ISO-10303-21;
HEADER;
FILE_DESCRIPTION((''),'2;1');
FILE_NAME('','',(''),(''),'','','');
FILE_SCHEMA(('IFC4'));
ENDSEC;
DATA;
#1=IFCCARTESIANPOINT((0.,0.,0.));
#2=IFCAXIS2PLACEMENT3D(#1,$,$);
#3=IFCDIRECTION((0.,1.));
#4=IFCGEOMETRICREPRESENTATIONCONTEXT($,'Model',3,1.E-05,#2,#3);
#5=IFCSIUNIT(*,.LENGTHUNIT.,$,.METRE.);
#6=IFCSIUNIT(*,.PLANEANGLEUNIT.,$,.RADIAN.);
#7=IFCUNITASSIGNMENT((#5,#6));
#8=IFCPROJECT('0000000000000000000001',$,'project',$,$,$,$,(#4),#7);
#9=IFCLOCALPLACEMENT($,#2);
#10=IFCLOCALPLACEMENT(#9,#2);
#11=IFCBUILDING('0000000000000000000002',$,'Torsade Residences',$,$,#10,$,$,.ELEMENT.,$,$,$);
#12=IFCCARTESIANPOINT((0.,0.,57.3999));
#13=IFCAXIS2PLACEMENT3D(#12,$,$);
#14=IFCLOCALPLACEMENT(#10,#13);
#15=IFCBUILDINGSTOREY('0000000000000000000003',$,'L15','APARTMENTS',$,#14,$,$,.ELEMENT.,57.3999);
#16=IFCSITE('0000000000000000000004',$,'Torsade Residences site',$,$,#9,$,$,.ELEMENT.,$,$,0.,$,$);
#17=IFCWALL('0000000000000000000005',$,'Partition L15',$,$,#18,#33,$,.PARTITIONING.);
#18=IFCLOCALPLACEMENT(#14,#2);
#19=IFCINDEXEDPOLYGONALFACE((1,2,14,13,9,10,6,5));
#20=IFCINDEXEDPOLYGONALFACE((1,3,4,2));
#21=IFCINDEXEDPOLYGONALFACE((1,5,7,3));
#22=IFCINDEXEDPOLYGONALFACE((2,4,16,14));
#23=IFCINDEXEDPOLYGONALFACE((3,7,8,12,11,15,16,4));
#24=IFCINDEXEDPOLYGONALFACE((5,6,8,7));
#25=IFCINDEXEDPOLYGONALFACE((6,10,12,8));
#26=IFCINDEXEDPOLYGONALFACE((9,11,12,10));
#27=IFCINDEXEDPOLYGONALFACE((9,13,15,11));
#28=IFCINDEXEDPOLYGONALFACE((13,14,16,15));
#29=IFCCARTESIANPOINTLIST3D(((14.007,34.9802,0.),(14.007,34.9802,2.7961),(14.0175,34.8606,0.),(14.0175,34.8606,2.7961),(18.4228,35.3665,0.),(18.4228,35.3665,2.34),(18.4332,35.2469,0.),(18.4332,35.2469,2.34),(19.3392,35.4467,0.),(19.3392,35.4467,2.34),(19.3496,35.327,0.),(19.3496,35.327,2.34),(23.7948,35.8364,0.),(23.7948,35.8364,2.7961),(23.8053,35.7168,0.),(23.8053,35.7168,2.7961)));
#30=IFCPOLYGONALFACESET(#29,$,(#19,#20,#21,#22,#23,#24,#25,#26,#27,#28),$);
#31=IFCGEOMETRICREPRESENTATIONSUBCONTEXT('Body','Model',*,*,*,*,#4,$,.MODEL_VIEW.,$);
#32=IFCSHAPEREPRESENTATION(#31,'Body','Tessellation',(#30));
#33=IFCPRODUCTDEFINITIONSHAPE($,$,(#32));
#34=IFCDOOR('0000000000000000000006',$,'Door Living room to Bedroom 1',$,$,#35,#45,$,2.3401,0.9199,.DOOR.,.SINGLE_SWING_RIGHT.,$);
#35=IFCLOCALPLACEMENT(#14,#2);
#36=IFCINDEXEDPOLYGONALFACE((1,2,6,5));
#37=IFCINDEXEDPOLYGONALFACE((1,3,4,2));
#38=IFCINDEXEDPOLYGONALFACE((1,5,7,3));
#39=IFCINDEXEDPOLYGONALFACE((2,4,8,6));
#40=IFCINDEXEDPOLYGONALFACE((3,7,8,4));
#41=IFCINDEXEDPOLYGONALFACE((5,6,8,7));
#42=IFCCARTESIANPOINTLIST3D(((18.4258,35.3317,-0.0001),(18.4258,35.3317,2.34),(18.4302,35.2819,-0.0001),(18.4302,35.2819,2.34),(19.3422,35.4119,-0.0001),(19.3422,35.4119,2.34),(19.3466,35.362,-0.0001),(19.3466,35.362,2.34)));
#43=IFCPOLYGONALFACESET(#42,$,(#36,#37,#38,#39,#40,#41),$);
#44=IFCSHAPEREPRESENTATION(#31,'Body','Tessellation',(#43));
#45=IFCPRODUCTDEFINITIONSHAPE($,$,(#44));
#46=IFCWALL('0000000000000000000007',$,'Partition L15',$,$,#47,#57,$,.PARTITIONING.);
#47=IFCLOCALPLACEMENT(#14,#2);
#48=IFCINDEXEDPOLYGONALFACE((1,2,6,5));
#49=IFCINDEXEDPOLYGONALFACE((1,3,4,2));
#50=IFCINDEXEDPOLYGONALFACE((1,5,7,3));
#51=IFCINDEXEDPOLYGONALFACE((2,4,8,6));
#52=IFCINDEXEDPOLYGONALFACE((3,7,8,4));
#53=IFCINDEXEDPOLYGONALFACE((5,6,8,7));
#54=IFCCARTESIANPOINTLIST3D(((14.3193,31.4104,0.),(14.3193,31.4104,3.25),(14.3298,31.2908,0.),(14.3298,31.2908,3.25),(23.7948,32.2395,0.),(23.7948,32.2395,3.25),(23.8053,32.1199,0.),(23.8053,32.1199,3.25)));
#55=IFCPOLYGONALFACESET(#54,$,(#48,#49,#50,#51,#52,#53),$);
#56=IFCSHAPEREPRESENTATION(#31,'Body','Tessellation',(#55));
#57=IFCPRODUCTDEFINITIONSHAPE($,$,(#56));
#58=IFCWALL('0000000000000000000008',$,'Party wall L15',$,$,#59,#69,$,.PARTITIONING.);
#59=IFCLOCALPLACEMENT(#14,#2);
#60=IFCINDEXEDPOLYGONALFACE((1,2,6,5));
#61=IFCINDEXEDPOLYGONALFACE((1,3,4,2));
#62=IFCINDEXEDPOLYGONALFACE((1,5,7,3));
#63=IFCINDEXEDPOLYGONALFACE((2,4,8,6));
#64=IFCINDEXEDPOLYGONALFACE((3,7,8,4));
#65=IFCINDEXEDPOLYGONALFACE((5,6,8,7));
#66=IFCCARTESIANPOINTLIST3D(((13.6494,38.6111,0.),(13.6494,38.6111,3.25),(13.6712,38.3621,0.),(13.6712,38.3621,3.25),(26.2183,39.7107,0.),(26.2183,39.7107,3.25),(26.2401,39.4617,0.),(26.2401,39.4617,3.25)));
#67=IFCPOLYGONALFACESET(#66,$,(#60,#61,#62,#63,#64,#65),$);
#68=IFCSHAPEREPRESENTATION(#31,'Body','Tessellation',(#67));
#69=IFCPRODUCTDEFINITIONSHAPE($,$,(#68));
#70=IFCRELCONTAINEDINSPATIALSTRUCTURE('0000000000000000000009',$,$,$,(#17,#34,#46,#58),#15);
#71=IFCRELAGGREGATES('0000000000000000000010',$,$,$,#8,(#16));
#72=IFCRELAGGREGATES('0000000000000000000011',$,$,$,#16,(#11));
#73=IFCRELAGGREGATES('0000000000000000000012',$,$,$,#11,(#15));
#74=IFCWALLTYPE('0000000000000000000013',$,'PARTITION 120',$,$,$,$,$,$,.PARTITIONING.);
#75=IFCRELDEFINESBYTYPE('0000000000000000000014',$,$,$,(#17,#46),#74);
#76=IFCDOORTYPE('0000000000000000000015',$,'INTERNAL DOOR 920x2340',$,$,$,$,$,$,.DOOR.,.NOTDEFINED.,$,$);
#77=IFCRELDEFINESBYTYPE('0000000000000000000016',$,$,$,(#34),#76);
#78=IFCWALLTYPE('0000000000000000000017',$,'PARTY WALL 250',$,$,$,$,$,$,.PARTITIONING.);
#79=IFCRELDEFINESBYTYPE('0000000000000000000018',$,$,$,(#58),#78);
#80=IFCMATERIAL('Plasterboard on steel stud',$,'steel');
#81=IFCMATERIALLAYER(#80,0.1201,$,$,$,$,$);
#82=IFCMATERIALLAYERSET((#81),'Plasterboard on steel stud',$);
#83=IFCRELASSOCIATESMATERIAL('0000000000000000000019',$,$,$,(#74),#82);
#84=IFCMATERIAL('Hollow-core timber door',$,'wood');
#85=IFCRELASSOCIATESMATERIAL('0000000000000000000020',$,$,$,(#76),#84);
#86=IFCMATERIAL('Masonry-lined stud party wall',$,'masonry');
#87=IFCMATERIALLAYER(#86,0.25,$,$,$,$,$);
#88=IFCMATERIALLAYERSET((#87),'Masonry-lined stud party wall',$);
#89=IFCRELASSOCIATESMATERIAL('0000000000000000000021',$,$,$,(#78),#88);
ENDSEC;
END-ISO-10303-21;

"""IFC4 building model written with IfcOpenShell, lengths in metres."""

from ifc_helpers import new_model, si_unit, direction, frame, frame_2d, origin, place, context, subcontext, project, spatial, rectangle, extrude, material, layer, layer_set, type_object, element, fill, save


model = new_model("IFC4")

# Units and contexts
model_context = context("Model", 3, precision=1e-05, world=origin(), true_north=direction((0.0, 1.0)))
body_context = subcontext(model_context, "Body", "Model", "MODEL_VIEW")
ifc_project = project(units=[si_unit("LENGTHUNIT", "METRE"), si_unit("PLANEANGLEUNIT", "RADIAN")], contexts=[model_context])

# Site, building, storey
site_placement = place(None, origin())
site = spatial("IfcSite", under=ifc_project, at=site_placement, Name="Torsade Residences site", CompositionType="ELEMENT", RefElevation=0.0)
building_placement = place(site_placement, origin())
building = spatial("IfcBuilding", under=site, at=building_placement, Name="Torsade Residences", CompositionType="ELEMENT")
storey_placement = place(building_placement, frame((0.0, 0.0, 57.3999)))
storey = spatial("IfcBuildingStorey", under=building, at=storey_placement, Name="L15", Description="APARTMENTS", CompositionType="ELEMENT", Elevation=57.3999)

# Wall, opening, door
ifc_material_1 = material(Name="Plasterboard on steel stud", Category="steel")
ifc_layer_1 = layer(ifc_material_1, 0.1201)
ifc_layer_set_1 = layer_set([ifc_layer_1], Name="Plasterboard on steel stud")
wall_type_1 = type_object("IfcWallType", Name="PARTITION 120", PredefinedType="PARTITIONING", material=ifc_layer_set_1)
wall_1_placement = place(storey_placement, frame((23.8, 35.7766, 0.0), z_axis=(0.0, 0.0, 1.0), x_axis=(-0.996196, -0.087143, 0.0)))
wall_1 = element("IfcWall", 1, at=wall_1_placement, inside=storey, type_object=wall_type_1, Name="Partition L15", PredefinedType="PARTITIONING", context=body_context, shape_type="SweptSolid", body=[
    extrude(rectangle(XDim=9.8252, YDim=0.1201, at=frame_2d((4.9126, 0.0))), origin(), (0.0, 0.0, 1.0), 2.7961),
])
opening_1_placement = place(wall_1_placement, frame((4.4727, 0.0, 0.0)))
opening_1 = element("IfcOpeningElement", 2, at=opening_1_placement, cuts=wall_1, PredefinedType="OPENING", context=body_context, shape_type="SweptSolid", body=[
    extrude(rectangle(XDim=0.9199, YDim=2.3401, at=frame_2d((0.46, 1.1699))), frame((0.0, 0.0701, 0.0), z_axis=(0.0, -1.0, 0.0), x_axis=(1.0, 0.0, 0.0)), (0.0, 0.0, 1.0), 0.1401),
])
ifc_material_2 = material(Name="Hollow-core timber door", Category="wood")
door_type_1 = type_object("IfcDoorType", Name="INTERNAL DOOR 920x2340", OperationType="NOTDEFINED", PredefinedType="DOOR", material=ifc_material_2)
door_1_placement = place(opening_1_placement, origin())
door_1 = element("IfcDoor", 3, at=door_1_placement, inside=storey, type_object=door_type_1, Name="Door Living room to Bedroom 1", OperationType="SINGLE_SWING_RIGHT", OverallHeight=2.3401, OverallWidth=0.9199, PredefinedType="DOOR", context=body_context, shape_type="SweptSolid", body=[
    extrude(rectangle(XDim=0.9199, YDim=2.3401, at=frame_2d((0.46, 1.1699))), frame((0.0, 0.0249, 0.0), z_axis=(0.0, -1.0, 0.0), x_axis=(1.0, 0.0, 0.0)), (0.0, 0.0, 1.0), 0.05),
])
fill(opening_1, door_1)

# Walls
wall_2_placement = place(storey_placement, frame((23.8, 32.1797, 0.0), z_axis=(0.0, 0.0, 1.0), x_axis=(-0.996194, -0.087166, 0.0)))
element("IfcWall", 4, at=wall_2_placement, inside=storey, type_object=wall_type_1, Name="Partition L15", PredefinedType="PARTITIONING", context=body_context, shape_type="SweptSolid", body=[
    extrude(rectangle(XDim=9.5117, YDim=0.1201, at=frame_2d((4.7559, 0.0))), origin(), (0.0, 0.0, 1.0), 3.25),
])
ifc_material_3 = material(Name="Masonry-lined stud party wall", Category="masonry")
ifc_layer_2 = layer(ifc_material_3, 0.25)
ifc_layer_set_2 = layer_set([ifc_layer_2], Name="Masonry-lined stud party wall")
wall_type_2 = type_object("IfcWallType", Name="PARTY WALL 250", PredefinedType="PARTITIONING", material=ifc_layer_set_2)
wall_3_placement = place(storey_placement, frame((13.6602, 38.4866, 0.0), z_axis=(0.0, 0.0, 1.0), x_axis=(0.996195, 0.087154, 0.0)))
element("IfcWall", 5, at=wall_3_placement, inside=storey, type_object=wall_type_2, Name="Party wall L15", PredefinedType="PARTITIONING", context=body_context, shape_type="SweptSolid", body=[
    extrude(rectangle(XDim=12.6169, YDim=0.25, at=frame_2d((6.3086, 0.0))), origin(), (0.0, 0.0, 1.0), 3.25),
])

save(model, "model.ifc")
